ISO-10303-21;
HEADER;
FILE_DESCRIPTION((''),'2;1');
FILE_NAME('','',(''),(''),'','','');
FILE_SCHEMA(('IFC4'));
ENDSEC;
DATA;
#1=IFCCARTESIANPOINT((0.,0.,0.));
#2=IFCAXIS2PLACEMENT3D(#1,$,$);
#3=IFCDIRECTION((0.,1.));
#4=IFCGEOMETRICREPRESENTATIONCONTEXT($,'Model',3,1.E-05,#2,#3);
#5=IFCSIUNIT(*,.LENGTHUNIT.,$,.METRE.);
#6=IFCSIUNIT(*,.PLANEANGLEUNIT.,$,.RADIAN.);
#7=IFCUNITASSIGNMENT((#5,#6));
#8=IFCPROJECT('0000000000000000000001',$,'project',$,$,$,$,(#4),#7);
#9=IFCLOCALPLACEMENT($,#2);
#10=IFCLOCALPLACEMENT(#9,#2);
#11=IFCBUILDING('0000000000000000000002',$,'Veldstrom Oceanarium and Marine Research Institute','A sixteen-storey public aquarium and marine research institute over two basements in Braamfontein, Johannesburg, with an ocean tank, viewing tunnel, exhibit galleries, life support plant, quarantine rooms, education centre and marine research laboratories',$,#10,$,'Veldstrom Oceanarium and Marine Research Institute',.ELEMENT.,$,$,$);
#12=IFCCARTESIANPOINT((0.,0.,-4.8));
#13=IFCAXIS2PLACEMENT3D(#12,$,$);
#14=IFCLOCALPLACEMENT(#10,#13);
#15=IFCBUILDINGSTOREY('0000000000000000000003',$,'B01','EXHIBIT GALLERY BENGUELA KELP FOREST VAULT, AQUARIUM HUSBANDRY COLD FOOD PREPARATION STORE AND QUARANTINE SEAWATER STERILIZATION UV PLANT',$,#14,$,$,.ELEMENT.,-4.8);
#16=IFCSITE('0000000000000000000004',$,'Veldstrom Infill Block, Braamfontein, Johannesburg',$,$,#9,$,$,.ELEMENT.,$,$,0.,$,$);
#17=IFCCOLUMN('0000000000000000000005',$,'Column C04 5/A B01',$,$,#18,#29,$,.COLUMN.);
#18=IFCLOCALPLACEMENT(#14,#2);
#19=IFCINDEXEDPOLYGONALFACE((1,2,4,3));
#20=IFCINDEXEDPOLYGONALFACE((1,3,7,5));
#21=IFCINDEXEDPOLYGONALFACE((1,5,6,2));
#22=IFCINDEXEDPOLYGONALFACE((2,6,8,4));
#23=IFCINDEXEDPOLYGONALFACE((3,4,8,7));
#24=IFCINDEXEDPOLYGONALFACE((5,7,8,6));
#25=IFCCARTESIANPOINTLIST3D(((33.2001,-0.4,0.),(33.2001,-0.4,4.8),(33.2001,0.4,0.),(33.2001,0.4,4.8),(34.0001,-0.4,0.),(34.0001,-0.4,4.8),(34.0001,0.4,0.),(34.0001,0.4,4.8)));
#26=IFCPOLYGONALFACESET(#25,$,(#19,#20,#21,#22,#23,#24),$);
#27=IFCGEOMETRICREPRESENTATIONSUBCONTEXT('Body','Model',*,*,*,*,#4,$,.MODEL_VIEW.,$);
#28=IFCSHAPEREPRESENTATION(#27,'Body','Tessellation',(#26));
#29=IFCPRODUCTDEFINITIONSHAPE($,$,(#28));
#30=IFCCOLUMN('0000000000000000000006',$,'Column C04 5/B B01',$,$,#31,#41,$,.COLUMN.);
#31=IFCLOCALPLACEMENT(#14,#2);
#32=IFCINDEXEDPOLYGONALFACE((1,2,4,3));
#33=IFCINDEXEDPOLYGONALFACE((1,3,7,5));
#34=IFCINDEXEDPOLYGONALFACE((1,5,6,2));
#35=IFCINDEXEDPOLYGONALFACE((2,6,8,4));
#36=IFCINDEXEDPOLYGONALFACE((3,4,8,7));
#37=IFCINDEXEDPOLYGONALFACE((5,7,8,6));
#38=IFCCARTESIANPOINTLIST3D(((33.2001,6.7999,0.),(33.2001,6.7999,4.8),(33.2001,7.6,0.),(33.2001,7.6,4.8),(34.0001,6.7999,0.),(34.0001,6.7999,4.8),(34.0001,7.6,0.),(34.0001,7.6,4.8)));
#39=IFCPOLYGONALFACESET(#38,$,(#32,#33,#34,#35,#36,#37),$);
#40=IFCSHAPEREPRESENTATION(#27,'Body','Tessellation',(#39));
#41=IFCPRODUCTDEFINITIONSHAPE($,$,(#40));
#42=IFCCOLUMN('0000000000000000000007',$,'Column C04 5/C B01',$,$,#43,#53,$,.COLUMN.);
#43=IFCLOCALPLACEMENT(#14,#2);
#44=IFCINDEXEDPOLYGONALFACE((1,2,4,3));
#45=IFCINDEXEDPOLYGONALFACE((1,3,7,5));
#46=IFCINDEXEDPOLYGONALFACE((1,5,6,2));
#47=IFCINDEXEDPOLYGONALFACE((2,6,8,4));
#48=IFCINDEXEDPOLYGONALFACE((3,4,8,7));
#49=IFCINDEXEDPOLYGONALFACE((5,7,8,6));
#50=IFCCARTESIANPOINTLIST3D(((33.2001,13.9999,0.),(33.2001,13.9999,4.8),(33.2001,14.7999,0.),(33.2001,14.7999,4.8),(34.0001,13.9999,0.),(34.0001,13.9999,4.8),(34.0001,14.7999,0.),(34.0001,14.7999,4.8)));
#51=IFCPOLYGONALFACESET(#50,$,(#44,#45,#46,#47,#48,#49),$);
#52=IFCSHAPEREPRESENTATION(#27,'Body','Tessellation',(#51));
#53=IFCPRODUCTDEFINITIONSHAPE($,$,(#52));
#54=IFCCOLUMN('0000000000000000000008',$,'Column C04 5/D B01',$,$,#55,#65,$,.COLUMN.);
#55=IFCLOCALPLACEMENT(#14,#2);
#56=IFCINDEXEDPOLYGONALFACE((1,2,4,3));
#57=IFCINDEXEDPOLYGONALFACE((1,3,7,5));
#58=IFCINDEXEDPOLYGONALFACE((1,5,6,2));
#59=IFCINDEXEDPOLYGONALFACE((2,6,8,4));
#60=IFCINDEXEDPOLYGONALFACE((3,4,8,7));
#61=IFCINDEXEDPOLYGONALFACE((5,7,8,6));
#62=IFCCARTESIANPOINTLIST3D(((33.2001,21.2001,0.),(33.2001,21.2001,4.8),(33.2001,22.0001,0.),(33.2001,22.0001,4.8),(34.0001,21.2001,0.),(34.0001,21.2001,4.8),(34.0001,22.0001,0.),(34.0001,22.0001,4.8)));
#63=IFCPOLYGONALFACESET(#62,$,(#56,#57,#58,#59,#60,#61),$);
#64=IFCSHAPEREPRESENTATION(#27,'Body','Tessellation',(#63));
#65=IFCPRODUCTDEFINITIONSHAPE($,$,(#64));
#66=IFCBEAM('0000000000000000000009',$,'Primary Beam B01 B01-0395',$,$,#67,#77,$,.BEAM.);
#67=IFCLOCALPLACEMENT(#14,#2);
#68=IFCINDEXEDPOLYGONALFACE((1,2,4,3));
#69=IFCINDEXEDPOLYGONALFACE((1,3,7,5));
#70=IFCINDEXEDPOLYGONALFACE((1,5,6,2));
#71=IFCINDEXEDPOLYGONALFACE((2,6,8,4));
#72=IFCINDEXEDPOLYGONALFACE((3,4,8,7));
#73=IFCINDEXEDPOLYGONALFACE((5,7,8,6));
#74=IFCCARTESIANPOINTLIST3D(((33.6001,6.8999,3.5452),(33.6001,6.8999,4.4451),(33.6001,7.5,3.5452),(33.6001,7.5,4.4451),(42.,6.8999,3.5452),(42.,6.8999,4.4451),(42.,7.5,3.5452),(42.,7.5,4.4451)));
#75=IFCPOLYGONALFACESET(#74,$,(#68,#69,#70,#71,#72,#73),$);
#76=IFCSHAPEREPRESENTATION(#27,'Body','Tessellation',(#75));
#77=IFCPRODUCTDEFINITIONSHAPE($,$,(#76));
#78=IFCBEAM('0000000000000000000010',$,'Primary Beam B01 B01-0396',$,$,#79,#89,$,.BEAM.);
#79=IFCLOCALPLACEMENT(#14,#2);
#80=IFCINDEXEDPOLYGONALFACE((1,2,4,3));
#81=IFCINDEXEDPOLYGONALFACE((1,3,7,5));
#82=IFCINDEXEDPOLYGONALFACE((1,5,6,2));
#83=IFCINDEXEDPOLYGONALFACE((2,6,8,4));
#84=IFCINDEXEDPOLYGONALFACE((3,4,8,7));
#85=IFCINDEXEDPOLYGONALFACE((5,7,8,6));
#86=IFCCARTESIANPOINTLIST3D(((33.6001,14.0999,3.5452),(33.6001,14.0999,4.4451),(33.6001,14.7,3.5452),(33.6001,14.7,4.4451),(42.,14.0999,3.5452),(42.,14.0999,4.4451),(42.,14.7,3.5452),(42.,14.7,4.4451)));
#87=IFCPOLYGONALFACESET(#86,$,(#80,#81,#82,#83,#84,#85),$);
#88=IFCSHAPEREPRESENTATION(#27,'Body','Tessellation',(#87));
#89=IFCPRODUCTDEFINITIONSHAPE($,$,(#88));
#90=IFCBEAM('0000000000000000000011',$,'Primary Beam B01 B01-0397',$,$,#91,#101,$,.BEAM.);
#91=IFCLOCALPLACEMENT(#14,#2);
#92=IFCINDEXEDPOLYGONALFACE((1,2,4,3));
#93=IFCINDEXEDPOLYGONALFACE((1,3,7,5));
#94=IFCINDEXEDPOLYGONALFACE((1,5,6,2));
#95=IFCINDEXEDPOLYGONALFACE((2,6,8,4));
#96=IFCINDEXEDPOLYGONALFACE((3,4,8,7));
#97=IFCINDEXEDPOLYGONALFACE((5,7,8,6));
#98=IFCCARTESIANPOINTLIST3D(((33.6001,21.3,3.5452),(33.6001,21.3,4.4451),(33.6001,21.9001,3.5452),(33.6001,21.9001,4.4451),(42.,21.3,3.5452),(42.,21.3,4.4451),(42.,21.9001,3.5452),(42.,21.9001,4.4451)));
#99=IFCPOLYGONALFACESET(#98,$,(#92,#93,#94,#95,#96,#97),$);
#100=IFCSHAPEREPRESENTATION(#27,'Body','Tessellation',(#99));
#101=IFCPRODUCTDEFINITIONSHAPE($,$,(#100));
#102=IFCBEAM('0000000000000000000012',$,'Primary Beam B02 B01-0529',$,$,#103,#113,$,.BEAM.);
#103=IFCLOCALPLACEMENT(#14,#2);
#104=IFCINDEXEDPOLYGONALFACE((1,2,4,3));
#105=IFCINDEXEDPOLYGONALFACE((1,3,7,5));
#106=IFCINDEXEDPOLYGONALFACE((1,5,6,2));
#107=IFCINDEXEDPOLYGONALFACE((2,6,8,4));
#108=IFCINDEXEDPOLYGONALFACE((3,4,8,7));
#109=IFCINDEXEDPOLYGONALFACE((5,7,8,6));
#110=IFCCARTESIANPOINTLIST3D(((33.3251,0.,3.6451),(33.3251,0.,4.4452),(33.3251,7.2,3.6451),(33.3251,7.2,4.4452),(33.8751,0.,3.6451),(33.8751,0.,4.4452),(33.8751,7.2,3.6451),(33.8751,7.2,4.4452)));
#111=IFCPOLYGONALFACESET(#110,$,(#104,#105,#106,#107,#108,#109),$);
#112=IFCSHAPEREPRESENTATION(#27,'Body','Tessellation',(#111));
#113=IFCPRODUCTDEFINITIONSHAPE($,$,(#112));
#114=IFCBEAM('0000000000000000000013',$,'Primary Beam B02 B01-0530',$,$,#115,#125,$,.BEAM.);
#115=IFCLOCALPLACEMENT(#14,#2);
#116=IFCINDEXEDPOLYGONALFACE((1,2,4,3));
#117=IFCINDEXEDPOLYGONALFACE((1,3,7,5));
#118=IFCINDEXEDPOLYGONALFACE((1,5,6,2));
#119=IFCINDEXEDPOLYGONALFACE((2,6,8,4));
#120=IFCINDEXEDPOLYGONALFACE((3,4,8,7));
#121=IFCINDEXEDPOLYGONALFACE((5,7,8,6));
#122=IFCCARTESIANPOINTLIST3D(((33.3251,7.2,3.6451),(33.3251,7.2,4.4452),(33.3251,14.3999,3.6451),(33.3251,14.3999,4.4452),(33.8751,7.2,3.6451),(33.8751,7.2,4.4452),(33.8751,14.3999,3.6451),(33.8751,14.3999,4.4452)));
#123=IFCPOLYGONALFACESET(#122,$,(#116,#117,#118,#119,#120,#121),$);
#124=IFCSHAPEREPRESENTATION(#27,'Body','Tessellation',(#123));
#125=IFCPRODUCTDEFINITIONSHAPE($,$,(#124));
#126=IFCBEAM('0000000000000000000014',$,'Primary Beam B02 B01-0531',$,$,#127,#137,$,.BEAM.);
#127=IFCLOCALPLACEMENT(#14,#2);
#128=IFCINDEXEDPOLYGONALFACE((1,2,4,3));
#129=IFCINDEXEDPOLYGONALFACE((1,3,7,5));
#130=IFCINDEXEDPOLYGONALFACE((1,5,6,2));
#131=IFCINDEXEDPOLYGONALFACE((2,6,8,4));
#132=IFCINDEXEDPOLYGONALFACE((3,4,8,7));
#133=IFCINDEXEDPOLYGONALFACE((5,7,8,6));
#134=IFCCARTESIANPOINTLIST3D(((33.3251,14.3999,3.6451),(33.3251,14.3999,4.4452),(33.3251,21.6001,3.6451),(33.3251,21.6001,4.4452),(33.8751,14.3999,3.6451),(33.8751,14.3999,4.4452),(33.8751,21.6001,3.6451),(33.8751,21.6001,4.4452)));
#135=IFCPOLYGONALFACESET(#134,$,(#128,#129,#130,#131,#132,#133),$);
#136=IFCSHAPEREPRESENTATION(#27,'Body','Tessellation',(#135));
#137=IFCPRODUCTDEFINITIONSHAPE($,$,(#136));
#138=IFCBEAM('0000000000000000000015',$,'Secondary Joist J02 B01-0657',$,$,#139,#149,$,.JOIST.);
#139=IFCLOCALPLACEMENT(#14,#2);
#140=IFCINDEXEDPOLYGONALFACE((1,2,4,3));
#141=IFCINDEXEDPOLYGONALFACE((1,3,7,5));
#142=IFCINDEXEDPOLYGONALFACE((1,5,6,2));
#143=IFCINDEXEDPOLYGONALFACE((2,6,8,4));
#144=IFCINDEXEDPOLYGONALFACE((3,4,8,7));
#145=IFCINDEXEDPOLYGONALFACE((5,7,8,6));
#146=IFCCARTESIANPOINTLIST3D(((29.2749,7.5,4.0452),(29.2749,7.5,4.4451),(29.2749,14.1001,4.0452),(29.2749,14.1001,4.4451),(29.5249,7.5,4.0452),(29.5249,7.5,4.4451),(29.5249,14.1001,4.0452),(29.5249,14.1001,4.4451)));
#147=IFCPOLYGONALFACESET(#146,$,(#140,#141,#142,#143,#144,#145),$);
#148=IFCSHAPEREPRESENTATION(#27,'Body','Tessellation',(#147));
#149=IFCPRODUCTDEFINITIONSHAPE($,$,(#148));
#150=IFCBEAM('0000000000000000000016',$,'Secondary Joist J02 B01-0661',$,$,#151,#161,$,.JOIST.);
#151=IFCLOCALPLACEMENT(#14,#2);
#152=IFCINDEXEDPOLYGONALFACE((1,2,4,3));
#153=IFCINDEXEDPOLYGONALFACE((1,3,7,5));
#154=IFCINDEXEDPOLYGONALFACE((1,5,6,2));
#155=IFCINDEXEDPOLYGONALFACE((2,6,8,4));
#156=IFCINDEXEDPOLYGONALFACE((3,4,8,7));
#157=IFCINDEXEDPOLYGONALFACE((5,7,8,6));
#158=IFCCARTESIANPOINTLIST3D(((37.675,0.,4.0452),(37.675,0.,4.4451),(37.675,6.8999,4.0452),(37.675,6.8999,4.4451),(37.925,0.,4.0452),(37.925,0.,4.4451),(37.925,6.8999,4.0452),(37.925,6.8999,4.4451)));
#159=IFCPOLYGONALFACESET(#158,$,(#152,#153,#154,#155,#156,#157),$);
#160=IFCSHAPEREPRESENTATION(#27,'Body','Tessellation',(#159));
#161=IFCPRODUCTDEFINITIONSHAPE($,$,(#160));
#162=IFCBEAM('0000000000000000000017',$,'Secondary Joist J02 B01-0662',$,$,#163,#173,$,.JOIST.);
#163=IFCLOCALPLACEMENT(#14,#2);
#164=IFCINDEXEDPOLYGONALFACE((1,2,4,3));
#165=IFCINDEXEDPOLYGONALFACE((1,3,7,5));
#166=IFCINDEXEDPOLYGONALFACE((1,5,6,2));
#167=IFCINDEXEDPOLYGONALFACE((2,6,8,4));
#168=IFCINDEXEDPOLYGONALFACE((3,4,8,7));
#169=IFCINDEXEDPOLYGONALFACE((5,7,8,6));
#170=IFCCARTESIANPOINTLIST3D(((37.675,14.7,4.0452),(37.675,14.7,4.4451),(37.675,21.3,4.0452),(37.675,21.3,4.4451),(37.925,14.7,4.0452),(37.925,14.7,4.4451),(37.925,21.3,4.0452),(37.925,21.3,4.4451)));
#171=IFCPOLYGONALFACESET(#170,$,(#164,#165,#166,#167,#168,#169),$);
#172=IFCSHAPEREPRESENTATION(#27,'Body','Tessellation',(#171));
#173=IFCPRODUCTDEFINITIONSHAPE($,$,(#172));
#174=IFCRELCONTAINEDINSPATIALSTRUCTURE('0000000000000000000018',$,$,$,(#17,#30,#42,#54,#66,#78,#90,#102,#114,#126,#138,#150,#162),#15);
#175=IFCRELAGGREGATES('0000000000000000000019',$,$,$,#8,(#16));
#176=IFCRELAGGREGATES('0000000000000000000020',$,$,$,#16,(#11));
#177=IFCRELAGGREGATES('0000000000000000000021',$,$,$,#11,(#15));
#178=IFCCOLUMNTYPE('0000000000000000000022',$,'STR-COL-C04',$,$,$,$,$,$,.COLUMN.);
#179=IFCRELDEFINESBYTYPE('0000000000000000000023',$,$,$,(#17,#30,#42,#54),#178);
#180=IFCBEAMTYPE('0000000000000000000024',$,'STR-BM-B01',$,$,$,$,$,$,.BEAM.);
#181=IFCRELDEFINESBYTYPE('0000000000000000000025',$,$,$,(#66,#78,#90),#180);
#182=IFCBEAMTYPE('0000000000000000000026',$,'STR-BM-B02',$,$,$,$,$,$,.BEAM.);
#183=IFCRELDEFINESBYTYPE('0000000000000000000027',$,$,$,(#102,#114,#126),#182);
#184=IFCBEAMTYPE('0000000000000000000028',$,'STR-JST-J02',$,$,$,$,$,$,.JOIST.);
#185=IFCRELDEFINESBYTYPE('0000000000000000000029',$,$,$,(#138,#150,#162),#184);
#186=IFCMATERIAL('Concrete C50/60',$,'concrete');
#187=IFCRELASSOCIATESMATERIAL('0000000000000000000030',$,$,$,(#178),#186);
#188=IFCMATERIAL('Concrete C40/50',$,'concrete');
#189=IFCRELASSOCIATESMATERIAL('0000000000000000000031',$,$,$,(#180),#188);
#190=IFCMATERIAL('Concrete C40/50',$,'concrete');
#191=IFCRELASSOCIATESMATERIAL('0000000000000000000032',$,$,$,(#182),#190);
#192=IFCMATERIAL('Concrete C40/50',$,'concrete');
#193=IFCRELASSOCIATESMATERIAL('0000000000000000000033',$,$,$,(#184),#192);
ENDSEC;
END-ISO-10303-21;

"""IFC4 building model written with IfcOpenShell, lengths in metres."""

from ifc_helpers import new_model, si_unit, direction, frame, origin, origin_2d, place, context, subcontext, project, spatial, rectangle, extrude, material, material_profile, profile_set, type_object, element, save


model = new_model("IFC4")

# Units and contexts
model_context = context("Model", 3, precision=1e-05, world=origin(), true_north=direction((0.0, 1.0)))
body_context = subcontext(model_context, "Body", "Model", "MODEL_VIEW")
ifc_project = project(units=[si_unit("LENGTHUNIT", "METRE"), si_unit("PLANEANGLEUNIT", "RADIAN")], contexts=[model_context])

# Site, building, storey
site_placement = place(None, origin())
site = spatial("IfcSite", under=ifc_project, at=site_placement, Name="Veldstrom Infill Block, Braamfontein, Johannesburg", CompositionType="ELEMENT", RefElevation=0.0)
building_placement = place(site_placement, origin())
building = spatial("IfcBuilding", under=site, at=building_placement, Name="Veldstrom Oceanarium and Marine Research Institute", Description="A sixteen-storey public aquarium and marine research institute over two basements in Braamfontein, Johannesburg, with an ocean tank, viewing tunnel, exhibit galleries, life support plant, quarantine rooms, education centre and marine research laboratories", LongName="Veldstrom Oceanarium and Marine Research Institute", CompositionType="ELEMENT")
storey_placement = place(building_placement, frame((0.0, 0.0, -4.8)))
storey = spatial("IfcBuildingStorey", under=building, at=storey_placement, Name="B01", Description="EXHIBIT GALLERY BENGUELA KELP FOREST VAULT, AQUARIUM HUSBANDRY COLD FOOD PREPARATION STORE AND QUARANTINE SEAWATER STERILIZATION UV PLANT", CompositionType="ELEMENT", Elevation=-4.8)

# Columns
ifc_material_1 = material(Name="Concrete C50/60", Category="concrete")
ifc_material_profile_1 = material_profile(ifc_material_1, rectangle(XDim=0.8, YDim=0.8, at=origin_2d()), Name="RC-COL-800x800")
ifc_profile_set_1 = profile_set([ifc_material_profile_1], Name="Concrete C50/60")
column_type = type_object("IfcColumnType", Name="STR-COL-C04", PredefinedType="COLUMN", material=ifc_profile_set_1)
for number, where, z_axis, x_axis, name in (
    (1, (33.6001, 0.0, 0.0), (0.0, 0.0, 1.0), (1.0, 0.0, 0.0), "Column C04 5/A B01"),
    (2, (33.6001, 7.2, 0.0), (0.0, 0.0, 1.0), (1.0, 0.0, 0.0), "Column C04 5/B B01"),
    (3, (33.6001, 14.3999, 0.0), (0.0, 0.0, 1.0), (1.0, 0.0, 0.0), "Column C04 5/C B01"),
    (4, (33.6001, 21.6001, 0.0), (0.0, 0.0, 1.0), (1.0, 0.0, 0.0), "Column C04 5/D B01"),
):
    element("IfcColumn", number, at=place(storey_placement, frame(where, z_axis=z_axis, x_axis=x_axis)), inside=storey, type_object=column_type, Name=name, PredefinedType="COLUMN", context=body_context, shape_type="SweptSolid", body=[
        extrude(rectangle(XDim=0.8, YDim=0.8, at=origin_2d()), origin(), (0.0, 0.0, 1.0), 4.8),
    ])

# Beams
ifc_material_2 = material(Name="Concrete C40/50", Category="concrete")
ifc_material_profile_2 = material_profile(ifc_material_2, rectangle(XDim=0.6001, YDim=0.8999, at=origin_2d()), Name="RC-BM-600x900")
ifc_profile_set_2 = profile_set([ifc_material_profile_2], Name="Concrete C40/50")
beam_type_1 = type_object("IfcBeamType", Name="STR-BM-B01", PredefinedType="BEAM", material=ifc_profile_set_2)
for number, where, z_axis, x_axis, name in (
    (5, (33.6001, 7.2, 3.9951), (1.0, 0.0, 0.0), (0.0, 1.0, 0.0), "Primary Beam B01 B01-0395"),
    (6, (33.6001, 14.3999, 3.9951), (1.0, 0.0, 0.0), (0.0, 1.0, 0.0), "Primary Beam B01 B01-0396"),
    (7, (33.6001, 21.6001, 3.9951), (1.0, 0.0, 0.0), (0.0, 1.0, 0.0), "Primary Beam B01 B01-0397"),
):
    element("IfcBeam", number, at=place(storey_placement, frame(where, z_axis=z_axis, x_axis=x_axis)), inside=storey, type_object=beam_type_1, Name=name, PredefinedType="BEAM", context=body_context, shape_type="SweptSolid", body=[
        extrude(rectangle(XDim=0.6001, YDim=0.8999, at=origin_2d()), origin(), (0.0, 0.0, 1.0), 8.3999),
    ])
ifc_material_3 = material(Name="Concrete C40/50", Category="concrete")
ifc_material_profile_3 = material_profile(ifc_material_3, rectangle(XDim=0.55, YDim=0.8, at=origin_2d()), Name="RC-BM-550x800")
ifc_profile_set_3 = profile_set([ifc_material_profile_3], Name="Concrete C40/50")
beam_type_2 = type_object("IfcBeamType", Name="STR-BM-B02", PredefinedType="BEAM", material=ifc_profile_set_3)
for number, where, z_axis, x_axis, name in (
    (8, (33.6001, 0.0, 4.0452), (0.0, 1.0, 0.0), (-1.0, 0.0, 0.0), "Primary Beam B02 B01-0529"),
    (9, (33.6001, 7.2, 4.0452), (0.0, 1.0, 0.0), (-1.0, 0.0, 0.0), "Primary Beam B02 B01-0530"),
):
    element("IfcBeam", number, at=place(storey_placement, frame(where, z_axis=z_axis, x_axis=x_axis)), inside=storey, type_object=beam_type_2, Name=name, PredefinedType="BEAM", context=body_context, shape_type="SweptSolid", body=[
        extrude(rectangle(XDim=0.55, YDim=0.8, at=origin_2d()), origin(), (0.0, 0.0, 1.0), 7.2),
    ])
beam_1_placement = place(storey_placement, frame((33.6001, 14.3999, 4.0452), z_axis=(0.0, 1.0, 0.0), x_axis=(-1.0, 0.0, 0.0)))
element("IfcBeam", 10, at=beam_1_placement, inside=storey, type_object=beam_type_2, Name="Primary Beam B02 B01-0531", PredefinedType="BEAM", context=body_context, shape_type="SweptSolid", body=[
    extrude(rectangle(XDim=0.55, YDim=0.8, at=origin_2d()), origin(), (0.0, 0.0, 1.0), 7.2002),
])
ifc_material_4 = material(Name="Concrete C40/50", Category="concrete")
ifc_material_profile_4 = material_profile(ifc_material_4, rectangle(XDim=0.25, YDim=0.3999, at=origin_2d()), Name="RC-JST-250x400")
ifc_profile_set_4 = profile_set([ifc_material_profile_4], Name="Concrete C40/50")
beam_type_3 = type_object("IfcBeamType", Name="STR-JST-J02", PredefinedType="JOIST", material=ifc_profile_set_4)
beam_2_placement = place(storey_placement, frame((29.3999, 7.5, 4.2451), z_axis=(0.0, 1.0, 0.0), x_axis=(-1.0, 0.0, 0.0)))
element("IfcBeam", 11, at=beam_2_placement, inside=storey, type_object=beam_type_3, Name="Secondary Joist J02 B01-0657", PredefinedType="JOIST", context=body_context, shape_type="SweptSolid", body=[
    extrude(rectangle(XDim=0.25, YDim=0.3999, at=origin_2d()), origin(), (0.0, 0.0, 1.0), 6.6001),
])
beam_3_placement = place(storey_placement, frame((37.8, 0.0, 4.2451), z_axis=(0.0, 1.0, 0.0), x_axis=(-1.0, 0.0, 0.0)))
element("IfcBeam", 12, at=beam_3_placement, inside=storey, type_object=beam_type_3, Name="Secondary Joist J02 B01-0661", PredefinedType="JOIST", context=body_context, shape_type="SweptSolid", body=[
    extrude(rectangle(XDim=0.25, YDim=0.3999, at=origin_2d()), origin(), (0.0, 0.0, 1.0), 6.8999),
])
beam_4_placement = place(storey_placement, frame((37.8, 14.7, 4.2451), z_axis=(0.0, 1.0, 0.0), x_axis=(-1.0, 0.0, 0.0)))
element("IfcBeam", 13, at=beam_4_placement, inside=storey, type_object=beam_type_3, Name="Secondary Joist J02 B01-0662", PredefinedType="JOIST", context=body_context, shape_type="SweptSolid", body=[
    extrude(rectangle(XDim=0.25, YDim=0.3999, at=origin_2d()), origin(), (0.0, 0.0, 1.0), 6.6001),
])

save(model, "model.ifc")
